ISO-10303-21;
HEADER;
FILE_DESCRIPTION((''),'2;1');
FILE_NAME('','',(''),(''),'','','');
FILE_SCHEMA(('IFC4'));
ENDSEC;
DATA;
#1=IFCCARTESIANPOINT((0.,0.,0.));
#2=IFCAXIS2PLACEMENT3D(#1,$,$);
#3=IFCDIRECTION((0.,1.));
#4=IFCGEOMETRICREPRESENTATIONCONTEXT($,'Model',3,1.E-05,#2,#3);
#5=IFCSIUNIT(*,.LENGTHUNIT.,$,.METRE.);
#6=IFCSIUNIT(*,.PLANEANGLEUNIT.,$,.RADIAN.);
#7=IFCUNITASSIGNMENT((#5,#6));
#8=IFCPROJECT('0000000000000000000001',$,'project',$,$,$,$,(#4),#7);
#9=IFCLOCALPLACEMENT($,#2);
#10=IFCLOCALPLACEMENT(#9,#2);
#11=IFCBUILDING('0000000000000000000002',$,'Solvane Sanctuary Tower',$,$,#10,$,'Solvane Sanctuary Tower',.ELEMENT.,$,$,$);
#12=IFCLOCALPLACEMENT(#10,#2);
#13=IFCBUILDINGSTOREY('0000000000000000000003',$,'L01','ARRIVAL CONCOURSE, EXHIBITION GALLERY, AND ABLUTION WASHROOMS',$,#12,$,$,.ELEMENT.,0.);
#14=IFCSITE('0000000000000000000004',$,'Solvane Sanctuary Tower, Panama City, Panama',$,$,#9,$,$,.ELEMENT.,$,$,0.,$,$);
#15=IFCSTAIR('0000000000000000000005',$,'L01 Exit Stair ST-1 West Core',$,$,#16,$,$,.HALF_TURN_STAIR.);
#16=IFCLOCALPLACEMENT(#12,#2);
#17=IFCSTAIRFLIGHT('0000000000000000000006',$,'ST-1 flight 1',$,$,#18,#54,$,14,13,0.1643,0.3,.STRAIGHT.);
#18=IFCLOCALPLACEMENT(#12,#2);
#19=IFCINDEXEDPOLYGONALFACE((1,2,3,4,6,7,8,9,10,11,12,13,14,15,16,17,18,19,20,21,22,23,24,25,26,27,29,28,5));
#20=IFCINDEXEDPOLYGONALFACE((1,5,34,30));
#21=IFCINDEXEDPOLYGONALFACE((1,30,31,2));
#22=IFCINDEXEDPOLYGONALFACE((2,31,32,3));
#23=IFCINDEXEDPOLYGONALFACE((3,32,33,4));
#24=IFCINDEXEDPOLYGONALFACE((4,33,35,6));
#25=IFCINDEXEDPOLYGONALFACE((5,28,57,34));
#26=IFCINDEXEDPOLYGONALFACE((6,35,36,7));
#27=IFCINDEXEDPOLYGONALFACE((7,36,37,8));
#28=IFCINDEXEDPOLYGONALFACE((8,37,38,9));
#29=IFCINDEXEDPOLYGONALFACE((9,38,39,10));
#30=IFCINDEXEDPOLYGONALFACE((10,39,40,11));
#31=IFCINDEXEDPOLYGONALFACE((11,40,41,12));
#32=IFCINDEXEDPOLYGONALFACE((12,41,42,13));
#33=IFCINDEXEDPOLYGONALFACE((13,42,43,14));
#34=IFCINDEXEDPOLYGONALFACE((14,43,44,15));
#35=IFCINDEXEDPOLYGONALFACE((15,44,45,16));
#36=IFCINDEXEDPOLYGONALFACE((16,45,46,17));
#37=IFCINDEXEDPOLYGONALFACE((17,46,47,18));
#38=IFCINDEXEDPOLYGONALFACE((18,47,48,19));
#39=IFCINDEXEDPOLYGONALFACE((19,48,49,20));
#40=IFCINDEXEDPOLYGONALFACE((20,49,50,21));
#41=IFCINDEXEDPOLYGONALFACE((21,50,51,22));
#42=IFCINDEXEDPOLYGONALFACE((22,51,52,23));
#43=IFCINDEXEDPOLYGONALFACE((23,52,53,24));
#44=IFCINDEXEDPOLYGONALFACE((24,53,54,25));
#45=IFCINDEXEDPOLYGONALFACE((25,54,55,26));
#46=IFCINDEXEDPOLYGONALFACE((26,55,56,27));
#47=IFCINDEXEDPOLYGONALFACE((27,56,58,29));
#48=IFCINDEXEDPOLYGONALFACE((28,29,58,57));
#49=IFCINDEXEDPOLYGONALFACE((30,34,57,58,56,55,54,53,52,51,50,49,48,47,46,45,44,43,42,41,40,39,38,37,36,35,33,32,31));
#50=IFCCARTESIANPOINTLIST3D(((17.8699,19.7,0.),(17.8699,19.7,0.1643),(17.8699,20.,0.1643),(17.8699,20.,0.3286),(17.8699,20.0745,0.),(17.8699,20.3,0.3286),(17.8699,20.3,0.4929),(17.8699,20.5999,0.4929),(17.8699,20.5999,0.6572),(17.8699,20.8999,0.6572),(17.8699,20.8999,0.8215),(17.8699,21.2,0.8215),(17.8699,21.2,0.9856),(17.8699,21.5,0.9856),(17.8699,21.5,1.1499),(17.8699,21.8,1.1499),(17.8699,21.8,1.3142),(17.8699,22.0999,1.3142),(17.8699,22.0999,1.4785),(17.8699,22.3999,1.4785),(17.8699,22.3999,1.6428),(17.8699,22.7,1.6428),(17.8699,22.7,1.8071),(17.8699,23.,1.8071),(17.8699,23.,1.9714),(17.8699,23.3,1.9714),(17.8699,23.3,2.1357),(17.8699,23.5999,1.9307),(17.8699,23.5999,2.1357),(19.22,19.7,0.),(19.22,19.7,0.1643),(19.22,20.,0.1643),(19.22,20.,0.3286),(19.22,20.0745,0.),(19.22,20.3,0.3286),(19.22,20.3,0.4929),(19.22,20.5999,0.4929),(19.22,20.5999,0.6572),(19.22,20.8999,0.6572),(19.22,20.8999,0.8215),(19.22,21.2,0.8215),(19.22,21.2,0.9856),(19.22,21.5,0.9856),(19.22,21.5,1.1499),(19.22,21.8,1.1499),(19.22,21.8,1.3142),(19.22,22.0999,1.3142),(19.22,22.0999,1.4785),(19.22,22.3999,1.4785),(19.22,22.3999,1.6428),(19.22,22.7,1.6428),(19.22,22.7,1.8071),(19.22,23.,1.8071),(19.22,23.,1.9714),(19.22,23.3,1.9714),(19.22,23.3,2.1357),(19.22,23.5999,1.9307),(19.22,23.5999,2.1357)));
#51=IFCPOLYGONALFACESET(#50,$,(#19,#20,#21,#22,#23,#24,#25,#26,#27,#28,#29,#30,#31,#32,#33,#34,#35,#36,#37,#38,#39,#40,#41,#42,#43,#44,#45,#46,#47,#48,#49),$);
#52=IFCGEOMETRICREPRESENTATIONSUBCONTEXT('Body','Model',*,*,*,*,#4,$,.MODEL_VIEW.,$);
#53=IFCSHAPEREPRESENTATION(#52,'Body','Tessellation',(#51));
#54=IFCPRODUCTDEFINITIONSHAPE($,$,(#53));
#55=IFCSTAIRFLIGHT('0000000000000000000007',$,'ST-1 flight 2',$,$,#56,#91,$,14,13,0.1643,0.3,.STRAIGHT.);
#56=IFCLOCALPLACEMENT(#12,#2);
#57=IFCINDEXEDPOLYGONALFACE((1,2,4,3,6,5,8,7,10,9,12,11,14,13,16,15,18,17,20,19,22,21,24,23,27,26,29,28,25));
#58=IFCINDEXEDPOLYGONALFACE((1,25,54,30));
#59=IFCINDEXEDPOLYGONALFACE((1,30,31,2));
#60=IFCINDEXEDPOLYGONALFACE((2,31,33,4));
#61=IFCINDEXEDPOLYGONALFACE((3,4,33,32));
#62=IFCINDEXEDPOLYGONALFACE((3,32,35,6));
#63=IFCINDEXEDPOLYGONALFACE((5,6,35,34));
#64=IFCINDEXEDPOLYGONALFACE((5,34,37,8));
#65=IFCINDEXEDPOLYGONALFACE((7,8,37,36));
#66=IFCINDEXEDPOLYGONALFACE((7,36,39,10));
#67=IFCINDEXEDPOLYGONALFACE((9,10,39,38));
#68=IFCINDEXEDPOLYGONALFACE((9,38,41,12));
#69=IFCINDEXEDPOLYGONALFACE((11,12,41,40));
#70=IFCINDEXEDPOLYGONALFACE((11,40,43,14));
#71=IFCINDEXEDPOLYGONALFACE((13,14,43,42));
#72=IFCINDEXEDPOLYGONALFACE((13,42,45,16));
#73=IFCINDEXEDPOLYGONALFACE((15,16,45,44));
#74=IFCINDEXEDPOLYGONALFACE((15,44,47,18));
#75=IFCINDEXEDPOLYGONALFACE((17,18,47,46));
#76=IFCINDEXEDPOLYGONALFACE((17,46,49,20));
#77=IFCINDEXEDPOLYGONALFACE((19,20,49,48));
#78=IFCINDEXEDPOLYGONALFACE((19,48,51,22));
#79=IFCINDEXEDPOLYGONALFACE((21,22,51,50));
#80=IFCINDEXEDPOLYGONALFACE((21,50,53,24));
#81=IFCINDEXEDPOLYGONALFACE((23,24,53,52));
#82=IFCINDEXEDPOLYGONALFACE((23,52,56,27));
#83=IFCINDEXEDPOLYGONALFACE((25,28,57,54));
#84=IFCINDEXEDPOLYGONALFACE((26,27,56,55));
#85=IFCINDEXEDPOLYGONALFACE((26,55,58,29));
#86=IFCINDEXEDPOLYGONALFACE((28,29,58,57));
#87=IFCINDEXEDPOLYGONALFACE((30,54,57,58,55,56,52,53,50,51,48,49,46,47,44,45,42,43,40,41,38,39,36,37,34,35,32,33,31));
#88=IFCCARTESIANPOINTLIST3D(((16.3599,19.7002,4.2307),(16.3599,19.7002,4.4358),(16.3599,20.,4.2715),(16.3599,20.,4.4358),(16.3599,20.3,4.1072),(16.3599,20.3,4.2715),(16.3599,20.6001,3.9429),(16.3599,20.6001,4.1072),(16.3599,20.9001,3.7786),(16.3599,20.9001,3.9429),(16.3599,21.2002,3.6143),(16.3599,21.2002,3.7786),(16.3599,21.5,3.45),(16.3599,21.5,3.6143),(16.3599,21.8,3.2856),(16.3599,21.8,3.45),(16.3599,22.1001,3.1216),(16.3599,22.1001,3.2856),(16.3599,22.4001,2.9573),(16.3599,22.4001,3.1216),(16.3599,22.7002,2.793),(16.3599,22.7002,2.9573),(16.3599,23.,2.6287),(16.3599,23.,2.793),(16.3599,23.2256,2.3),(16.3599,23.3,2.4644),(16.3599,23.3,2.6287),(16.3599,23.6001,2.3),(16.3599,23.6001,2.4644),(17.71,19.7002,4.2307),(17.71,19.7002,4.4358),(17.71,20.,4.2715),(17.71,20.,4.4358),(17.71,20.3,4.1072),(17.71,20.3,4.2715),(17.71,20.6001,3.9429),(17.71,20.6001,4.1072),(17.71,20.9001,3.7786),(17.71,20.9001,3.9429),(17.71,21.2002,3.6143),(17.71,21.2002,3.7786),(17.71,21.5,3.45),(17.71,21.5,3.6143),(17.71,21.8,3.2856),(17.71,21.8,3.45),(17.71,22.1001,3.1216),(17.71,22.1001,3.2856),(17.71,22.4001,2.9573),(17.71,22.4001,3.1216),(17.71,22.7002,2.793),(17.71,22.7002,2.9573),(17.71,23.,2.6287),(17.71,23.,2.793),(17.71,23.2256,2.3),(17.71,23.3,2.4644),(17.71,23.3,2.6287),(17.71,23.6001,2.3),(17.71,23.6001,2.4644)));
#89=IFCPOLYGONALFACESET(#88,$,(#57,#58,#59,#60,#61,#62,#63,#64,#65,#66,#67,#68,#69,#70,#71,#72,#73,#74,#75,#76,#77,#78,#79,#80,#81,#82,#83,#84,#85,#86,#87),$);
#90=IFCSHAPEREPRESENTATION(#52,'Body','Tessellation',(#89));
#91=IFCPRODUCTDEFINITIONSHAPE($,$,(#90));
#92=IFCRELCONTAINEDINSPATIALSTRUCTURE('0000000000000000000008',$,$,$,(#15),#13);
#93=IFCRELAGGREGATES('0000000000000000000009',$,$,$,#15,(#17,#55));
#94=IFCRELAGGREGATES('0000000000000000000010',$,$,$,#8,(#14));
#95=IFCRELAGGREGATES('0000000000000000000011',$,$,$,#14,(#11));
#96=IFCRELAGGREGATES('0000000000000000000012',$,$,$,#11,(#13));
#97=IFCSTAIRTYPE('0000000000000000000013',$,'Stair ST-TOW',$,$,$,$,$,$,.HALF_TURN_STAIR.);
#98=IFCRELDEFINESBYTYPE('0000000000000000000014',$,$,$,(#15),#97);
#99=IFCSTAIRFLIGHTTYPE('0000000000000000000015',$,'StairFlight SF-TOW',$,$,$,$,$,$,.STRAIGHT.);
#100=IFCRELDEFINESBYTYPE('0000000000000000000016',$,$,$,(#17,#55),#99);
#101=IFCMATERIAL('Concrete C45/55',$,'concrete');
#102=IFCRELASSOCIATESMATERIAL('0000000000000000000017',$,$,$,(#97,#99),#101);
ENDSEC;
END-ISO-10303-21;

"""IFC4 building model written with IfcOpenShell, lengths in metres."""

from ifc_helpers import new_model, si_unit, direction, frame, origin, place, context, subcontext, project, spatial, polyline, outline, extrude, material, type_object, element, aggregate, save


model = new_model("IFC4")

# Units and contexts
model_context = context("Model", 3, precision=1e-05, world=origin(), true_north=direction((0.0, 1.0)))
body_context = subcontext(model_context, "Body", "Model", "MODEL_VIEW")
ifc_project = project(units=[si_unit("LENGTHUNIT", "METRE"), si_unit("PLANEANGLEUNIT", "RADIAN")], contexts=[model_context])

# Site, building, storey
site_placement = place(None, origin())
site = spatial("IfcSite", under=ifc_project, at=site_placement, Name="Solvane Sanctuary Tower, Panama City, Panama", CompositionType="ELEMENT", RefElevation=0.0)
building_placement = place(site_placement, origin())
building = spatial("IfcBuilding", under=site, at=building_placement, Name="Solvane Sanctuary Tower", LongName="Solvane Sanctuary Tower", CompositionType="ELEMENT")
storey_placement = place(building_placement, origin())
storey = spatial("IfcBuildingStorey", under=building, at=storey_placement, Name="L01", Description="ARRIVAL CONCOURSE, EXHIBITION GALLERY, AND ABLUTION WASHROOMS", CompositionType="ELEMENT", Elevation=0.0)

# Stair, stair flights
ifc_material_1 = material(Name="Concrete C45/55", Category="concrete")
stair_type = type_object("IfcStairType", Name="Stair ST-TOW", PredefinedType="HALF_TURN_STAIR", material=ifc_material_1)
stair_placement = place(storey_placement, origin())
stair = element("IfcStair", 1, at=stair_placement, inside=storey, type_object=stair_type, Name="L01 Exit Stair ST-1 West Core", PredefinedType="HALF_TURN_STAIR")
stair_flight_type = type_object("IfcStairFlightType", Name="StairFlight SF-TOW", PredefinedType="STRAIGHT", material=ifc_material_1)
stair_flight_1_placement = place(storey_placement, frame((18.5449, 19.7, 0.0), z_axis=(0.0, 0.0, 1.0), x_axis=(0.0, 1.0, 0.0)))
stair_flight_1 = element("IfcStairFlight", 2, at=stair_flight_1_placement, type_object=stair_flight_type, Name="ST-1 flight 1", NumberOfRisers=14, NumberOfTreads=13, PredefinedType="STRAIGHT", RiserHeight=0.1643, TreadLength=0.3, context=body_context, shape_type="SweptSolid", body=[
    extrude(outline(polyline([(0.0, 0.0), (0.0, 0.1643), (0.3, 0.1643), (0.3, 0.3286), (0.6001, 0.3286), (0.6001, 0.4929), (0.8999, 0.4929), (0.8999, 0.6572), (1.2, 0.6572), (1.2, 0.8215), (1.5, 0.8215), (1.5, 0.9856), (1.8, 0.9856), (1.8, 1.1499), (2.1001, 1.1499), (2.1001, 1.3142), (2.3999, 1.3142), (2.3999, 1.4785), (2.7, 1.4785), (2.7, 1.6428), (3.0, 1.6428), (3.0, 1.8071), (3.3, 1.8071), (3.3, 1.9714), (3.6001, 1.9714), (3.6001, 2.1357), (3.8999, 2.1357), (3.8999, 2.3), (3.8999, 1.9307), (0.3745, 0.0), (0.0, 0.0)])), frame((0.0, 0.675, 0.0), z_axis=(0.0, -1.0, 0.0), x_axis=(1.0, 0.0, 0.0)), (0.0, 0.0, 1.0), 1.3501),
])
stair_flight_2_placement = place(storey_placement, frame((17.0349, 23.6001, 2.3), z_axis=(0.0, 0.0, 1.0), x_axis=(0.0, -1.0, 0.0)))
stair_flight_2 = element("IfcStairFlight", 3, at=stair_flight_2_placement, type_object=stair_flight_type, Name="ST-1 flight 2", NumberOfRisers=14, NumberOfTreads=13, PredefinedType="STRAIGHT", RiserHeight=0.1643, TreadLength=0.3, context=body_context, shape_type="SweptSolid", body=[
    extrude(outline(polyline([(0.0, 0.0), (0.0, 0.1643), (0.3, 0.1643), (0.3, 0.3286), (0.6001, 0.3286), (0.6001, 0.4929), (0.8999, 0.4929), (0.8999, 0.6572), (1.2, 0.6572), (1.2, 0.8215), (1.5, 0.8215), (1.5, 0.9856), (1.8, 0.9856), (1.8, 1.1499), (2.1001, 1.1499), (2.1001, 1.3142), (2.3999, 1.3142), (2.3999, 1.4785), (2.7, 1.4785), (2.7, 1.6428), (3.0, 1.6428), (3.0, 1.8071), (3.3, 1.8071), (3.3, 1.9714), (3.6001, 1.9714), (3.6001, 2.1357), (3.8999, 2.1357), (3.8999, 2.3), (3.8999, 1.9307), (0.3745, 0.0), (0.0, 0.0)])), frame((0.0, 0.675, 0.0), z_axis=(0.0, -1.0, 0.0), x_axis=(1.0, 0.0, 0.0)), (0.0, 0.0, 1.0), 1.3501),
])
aggregate(stair, [stair_flight_1, stair_flight_2])

save(model, "model.ifc")
